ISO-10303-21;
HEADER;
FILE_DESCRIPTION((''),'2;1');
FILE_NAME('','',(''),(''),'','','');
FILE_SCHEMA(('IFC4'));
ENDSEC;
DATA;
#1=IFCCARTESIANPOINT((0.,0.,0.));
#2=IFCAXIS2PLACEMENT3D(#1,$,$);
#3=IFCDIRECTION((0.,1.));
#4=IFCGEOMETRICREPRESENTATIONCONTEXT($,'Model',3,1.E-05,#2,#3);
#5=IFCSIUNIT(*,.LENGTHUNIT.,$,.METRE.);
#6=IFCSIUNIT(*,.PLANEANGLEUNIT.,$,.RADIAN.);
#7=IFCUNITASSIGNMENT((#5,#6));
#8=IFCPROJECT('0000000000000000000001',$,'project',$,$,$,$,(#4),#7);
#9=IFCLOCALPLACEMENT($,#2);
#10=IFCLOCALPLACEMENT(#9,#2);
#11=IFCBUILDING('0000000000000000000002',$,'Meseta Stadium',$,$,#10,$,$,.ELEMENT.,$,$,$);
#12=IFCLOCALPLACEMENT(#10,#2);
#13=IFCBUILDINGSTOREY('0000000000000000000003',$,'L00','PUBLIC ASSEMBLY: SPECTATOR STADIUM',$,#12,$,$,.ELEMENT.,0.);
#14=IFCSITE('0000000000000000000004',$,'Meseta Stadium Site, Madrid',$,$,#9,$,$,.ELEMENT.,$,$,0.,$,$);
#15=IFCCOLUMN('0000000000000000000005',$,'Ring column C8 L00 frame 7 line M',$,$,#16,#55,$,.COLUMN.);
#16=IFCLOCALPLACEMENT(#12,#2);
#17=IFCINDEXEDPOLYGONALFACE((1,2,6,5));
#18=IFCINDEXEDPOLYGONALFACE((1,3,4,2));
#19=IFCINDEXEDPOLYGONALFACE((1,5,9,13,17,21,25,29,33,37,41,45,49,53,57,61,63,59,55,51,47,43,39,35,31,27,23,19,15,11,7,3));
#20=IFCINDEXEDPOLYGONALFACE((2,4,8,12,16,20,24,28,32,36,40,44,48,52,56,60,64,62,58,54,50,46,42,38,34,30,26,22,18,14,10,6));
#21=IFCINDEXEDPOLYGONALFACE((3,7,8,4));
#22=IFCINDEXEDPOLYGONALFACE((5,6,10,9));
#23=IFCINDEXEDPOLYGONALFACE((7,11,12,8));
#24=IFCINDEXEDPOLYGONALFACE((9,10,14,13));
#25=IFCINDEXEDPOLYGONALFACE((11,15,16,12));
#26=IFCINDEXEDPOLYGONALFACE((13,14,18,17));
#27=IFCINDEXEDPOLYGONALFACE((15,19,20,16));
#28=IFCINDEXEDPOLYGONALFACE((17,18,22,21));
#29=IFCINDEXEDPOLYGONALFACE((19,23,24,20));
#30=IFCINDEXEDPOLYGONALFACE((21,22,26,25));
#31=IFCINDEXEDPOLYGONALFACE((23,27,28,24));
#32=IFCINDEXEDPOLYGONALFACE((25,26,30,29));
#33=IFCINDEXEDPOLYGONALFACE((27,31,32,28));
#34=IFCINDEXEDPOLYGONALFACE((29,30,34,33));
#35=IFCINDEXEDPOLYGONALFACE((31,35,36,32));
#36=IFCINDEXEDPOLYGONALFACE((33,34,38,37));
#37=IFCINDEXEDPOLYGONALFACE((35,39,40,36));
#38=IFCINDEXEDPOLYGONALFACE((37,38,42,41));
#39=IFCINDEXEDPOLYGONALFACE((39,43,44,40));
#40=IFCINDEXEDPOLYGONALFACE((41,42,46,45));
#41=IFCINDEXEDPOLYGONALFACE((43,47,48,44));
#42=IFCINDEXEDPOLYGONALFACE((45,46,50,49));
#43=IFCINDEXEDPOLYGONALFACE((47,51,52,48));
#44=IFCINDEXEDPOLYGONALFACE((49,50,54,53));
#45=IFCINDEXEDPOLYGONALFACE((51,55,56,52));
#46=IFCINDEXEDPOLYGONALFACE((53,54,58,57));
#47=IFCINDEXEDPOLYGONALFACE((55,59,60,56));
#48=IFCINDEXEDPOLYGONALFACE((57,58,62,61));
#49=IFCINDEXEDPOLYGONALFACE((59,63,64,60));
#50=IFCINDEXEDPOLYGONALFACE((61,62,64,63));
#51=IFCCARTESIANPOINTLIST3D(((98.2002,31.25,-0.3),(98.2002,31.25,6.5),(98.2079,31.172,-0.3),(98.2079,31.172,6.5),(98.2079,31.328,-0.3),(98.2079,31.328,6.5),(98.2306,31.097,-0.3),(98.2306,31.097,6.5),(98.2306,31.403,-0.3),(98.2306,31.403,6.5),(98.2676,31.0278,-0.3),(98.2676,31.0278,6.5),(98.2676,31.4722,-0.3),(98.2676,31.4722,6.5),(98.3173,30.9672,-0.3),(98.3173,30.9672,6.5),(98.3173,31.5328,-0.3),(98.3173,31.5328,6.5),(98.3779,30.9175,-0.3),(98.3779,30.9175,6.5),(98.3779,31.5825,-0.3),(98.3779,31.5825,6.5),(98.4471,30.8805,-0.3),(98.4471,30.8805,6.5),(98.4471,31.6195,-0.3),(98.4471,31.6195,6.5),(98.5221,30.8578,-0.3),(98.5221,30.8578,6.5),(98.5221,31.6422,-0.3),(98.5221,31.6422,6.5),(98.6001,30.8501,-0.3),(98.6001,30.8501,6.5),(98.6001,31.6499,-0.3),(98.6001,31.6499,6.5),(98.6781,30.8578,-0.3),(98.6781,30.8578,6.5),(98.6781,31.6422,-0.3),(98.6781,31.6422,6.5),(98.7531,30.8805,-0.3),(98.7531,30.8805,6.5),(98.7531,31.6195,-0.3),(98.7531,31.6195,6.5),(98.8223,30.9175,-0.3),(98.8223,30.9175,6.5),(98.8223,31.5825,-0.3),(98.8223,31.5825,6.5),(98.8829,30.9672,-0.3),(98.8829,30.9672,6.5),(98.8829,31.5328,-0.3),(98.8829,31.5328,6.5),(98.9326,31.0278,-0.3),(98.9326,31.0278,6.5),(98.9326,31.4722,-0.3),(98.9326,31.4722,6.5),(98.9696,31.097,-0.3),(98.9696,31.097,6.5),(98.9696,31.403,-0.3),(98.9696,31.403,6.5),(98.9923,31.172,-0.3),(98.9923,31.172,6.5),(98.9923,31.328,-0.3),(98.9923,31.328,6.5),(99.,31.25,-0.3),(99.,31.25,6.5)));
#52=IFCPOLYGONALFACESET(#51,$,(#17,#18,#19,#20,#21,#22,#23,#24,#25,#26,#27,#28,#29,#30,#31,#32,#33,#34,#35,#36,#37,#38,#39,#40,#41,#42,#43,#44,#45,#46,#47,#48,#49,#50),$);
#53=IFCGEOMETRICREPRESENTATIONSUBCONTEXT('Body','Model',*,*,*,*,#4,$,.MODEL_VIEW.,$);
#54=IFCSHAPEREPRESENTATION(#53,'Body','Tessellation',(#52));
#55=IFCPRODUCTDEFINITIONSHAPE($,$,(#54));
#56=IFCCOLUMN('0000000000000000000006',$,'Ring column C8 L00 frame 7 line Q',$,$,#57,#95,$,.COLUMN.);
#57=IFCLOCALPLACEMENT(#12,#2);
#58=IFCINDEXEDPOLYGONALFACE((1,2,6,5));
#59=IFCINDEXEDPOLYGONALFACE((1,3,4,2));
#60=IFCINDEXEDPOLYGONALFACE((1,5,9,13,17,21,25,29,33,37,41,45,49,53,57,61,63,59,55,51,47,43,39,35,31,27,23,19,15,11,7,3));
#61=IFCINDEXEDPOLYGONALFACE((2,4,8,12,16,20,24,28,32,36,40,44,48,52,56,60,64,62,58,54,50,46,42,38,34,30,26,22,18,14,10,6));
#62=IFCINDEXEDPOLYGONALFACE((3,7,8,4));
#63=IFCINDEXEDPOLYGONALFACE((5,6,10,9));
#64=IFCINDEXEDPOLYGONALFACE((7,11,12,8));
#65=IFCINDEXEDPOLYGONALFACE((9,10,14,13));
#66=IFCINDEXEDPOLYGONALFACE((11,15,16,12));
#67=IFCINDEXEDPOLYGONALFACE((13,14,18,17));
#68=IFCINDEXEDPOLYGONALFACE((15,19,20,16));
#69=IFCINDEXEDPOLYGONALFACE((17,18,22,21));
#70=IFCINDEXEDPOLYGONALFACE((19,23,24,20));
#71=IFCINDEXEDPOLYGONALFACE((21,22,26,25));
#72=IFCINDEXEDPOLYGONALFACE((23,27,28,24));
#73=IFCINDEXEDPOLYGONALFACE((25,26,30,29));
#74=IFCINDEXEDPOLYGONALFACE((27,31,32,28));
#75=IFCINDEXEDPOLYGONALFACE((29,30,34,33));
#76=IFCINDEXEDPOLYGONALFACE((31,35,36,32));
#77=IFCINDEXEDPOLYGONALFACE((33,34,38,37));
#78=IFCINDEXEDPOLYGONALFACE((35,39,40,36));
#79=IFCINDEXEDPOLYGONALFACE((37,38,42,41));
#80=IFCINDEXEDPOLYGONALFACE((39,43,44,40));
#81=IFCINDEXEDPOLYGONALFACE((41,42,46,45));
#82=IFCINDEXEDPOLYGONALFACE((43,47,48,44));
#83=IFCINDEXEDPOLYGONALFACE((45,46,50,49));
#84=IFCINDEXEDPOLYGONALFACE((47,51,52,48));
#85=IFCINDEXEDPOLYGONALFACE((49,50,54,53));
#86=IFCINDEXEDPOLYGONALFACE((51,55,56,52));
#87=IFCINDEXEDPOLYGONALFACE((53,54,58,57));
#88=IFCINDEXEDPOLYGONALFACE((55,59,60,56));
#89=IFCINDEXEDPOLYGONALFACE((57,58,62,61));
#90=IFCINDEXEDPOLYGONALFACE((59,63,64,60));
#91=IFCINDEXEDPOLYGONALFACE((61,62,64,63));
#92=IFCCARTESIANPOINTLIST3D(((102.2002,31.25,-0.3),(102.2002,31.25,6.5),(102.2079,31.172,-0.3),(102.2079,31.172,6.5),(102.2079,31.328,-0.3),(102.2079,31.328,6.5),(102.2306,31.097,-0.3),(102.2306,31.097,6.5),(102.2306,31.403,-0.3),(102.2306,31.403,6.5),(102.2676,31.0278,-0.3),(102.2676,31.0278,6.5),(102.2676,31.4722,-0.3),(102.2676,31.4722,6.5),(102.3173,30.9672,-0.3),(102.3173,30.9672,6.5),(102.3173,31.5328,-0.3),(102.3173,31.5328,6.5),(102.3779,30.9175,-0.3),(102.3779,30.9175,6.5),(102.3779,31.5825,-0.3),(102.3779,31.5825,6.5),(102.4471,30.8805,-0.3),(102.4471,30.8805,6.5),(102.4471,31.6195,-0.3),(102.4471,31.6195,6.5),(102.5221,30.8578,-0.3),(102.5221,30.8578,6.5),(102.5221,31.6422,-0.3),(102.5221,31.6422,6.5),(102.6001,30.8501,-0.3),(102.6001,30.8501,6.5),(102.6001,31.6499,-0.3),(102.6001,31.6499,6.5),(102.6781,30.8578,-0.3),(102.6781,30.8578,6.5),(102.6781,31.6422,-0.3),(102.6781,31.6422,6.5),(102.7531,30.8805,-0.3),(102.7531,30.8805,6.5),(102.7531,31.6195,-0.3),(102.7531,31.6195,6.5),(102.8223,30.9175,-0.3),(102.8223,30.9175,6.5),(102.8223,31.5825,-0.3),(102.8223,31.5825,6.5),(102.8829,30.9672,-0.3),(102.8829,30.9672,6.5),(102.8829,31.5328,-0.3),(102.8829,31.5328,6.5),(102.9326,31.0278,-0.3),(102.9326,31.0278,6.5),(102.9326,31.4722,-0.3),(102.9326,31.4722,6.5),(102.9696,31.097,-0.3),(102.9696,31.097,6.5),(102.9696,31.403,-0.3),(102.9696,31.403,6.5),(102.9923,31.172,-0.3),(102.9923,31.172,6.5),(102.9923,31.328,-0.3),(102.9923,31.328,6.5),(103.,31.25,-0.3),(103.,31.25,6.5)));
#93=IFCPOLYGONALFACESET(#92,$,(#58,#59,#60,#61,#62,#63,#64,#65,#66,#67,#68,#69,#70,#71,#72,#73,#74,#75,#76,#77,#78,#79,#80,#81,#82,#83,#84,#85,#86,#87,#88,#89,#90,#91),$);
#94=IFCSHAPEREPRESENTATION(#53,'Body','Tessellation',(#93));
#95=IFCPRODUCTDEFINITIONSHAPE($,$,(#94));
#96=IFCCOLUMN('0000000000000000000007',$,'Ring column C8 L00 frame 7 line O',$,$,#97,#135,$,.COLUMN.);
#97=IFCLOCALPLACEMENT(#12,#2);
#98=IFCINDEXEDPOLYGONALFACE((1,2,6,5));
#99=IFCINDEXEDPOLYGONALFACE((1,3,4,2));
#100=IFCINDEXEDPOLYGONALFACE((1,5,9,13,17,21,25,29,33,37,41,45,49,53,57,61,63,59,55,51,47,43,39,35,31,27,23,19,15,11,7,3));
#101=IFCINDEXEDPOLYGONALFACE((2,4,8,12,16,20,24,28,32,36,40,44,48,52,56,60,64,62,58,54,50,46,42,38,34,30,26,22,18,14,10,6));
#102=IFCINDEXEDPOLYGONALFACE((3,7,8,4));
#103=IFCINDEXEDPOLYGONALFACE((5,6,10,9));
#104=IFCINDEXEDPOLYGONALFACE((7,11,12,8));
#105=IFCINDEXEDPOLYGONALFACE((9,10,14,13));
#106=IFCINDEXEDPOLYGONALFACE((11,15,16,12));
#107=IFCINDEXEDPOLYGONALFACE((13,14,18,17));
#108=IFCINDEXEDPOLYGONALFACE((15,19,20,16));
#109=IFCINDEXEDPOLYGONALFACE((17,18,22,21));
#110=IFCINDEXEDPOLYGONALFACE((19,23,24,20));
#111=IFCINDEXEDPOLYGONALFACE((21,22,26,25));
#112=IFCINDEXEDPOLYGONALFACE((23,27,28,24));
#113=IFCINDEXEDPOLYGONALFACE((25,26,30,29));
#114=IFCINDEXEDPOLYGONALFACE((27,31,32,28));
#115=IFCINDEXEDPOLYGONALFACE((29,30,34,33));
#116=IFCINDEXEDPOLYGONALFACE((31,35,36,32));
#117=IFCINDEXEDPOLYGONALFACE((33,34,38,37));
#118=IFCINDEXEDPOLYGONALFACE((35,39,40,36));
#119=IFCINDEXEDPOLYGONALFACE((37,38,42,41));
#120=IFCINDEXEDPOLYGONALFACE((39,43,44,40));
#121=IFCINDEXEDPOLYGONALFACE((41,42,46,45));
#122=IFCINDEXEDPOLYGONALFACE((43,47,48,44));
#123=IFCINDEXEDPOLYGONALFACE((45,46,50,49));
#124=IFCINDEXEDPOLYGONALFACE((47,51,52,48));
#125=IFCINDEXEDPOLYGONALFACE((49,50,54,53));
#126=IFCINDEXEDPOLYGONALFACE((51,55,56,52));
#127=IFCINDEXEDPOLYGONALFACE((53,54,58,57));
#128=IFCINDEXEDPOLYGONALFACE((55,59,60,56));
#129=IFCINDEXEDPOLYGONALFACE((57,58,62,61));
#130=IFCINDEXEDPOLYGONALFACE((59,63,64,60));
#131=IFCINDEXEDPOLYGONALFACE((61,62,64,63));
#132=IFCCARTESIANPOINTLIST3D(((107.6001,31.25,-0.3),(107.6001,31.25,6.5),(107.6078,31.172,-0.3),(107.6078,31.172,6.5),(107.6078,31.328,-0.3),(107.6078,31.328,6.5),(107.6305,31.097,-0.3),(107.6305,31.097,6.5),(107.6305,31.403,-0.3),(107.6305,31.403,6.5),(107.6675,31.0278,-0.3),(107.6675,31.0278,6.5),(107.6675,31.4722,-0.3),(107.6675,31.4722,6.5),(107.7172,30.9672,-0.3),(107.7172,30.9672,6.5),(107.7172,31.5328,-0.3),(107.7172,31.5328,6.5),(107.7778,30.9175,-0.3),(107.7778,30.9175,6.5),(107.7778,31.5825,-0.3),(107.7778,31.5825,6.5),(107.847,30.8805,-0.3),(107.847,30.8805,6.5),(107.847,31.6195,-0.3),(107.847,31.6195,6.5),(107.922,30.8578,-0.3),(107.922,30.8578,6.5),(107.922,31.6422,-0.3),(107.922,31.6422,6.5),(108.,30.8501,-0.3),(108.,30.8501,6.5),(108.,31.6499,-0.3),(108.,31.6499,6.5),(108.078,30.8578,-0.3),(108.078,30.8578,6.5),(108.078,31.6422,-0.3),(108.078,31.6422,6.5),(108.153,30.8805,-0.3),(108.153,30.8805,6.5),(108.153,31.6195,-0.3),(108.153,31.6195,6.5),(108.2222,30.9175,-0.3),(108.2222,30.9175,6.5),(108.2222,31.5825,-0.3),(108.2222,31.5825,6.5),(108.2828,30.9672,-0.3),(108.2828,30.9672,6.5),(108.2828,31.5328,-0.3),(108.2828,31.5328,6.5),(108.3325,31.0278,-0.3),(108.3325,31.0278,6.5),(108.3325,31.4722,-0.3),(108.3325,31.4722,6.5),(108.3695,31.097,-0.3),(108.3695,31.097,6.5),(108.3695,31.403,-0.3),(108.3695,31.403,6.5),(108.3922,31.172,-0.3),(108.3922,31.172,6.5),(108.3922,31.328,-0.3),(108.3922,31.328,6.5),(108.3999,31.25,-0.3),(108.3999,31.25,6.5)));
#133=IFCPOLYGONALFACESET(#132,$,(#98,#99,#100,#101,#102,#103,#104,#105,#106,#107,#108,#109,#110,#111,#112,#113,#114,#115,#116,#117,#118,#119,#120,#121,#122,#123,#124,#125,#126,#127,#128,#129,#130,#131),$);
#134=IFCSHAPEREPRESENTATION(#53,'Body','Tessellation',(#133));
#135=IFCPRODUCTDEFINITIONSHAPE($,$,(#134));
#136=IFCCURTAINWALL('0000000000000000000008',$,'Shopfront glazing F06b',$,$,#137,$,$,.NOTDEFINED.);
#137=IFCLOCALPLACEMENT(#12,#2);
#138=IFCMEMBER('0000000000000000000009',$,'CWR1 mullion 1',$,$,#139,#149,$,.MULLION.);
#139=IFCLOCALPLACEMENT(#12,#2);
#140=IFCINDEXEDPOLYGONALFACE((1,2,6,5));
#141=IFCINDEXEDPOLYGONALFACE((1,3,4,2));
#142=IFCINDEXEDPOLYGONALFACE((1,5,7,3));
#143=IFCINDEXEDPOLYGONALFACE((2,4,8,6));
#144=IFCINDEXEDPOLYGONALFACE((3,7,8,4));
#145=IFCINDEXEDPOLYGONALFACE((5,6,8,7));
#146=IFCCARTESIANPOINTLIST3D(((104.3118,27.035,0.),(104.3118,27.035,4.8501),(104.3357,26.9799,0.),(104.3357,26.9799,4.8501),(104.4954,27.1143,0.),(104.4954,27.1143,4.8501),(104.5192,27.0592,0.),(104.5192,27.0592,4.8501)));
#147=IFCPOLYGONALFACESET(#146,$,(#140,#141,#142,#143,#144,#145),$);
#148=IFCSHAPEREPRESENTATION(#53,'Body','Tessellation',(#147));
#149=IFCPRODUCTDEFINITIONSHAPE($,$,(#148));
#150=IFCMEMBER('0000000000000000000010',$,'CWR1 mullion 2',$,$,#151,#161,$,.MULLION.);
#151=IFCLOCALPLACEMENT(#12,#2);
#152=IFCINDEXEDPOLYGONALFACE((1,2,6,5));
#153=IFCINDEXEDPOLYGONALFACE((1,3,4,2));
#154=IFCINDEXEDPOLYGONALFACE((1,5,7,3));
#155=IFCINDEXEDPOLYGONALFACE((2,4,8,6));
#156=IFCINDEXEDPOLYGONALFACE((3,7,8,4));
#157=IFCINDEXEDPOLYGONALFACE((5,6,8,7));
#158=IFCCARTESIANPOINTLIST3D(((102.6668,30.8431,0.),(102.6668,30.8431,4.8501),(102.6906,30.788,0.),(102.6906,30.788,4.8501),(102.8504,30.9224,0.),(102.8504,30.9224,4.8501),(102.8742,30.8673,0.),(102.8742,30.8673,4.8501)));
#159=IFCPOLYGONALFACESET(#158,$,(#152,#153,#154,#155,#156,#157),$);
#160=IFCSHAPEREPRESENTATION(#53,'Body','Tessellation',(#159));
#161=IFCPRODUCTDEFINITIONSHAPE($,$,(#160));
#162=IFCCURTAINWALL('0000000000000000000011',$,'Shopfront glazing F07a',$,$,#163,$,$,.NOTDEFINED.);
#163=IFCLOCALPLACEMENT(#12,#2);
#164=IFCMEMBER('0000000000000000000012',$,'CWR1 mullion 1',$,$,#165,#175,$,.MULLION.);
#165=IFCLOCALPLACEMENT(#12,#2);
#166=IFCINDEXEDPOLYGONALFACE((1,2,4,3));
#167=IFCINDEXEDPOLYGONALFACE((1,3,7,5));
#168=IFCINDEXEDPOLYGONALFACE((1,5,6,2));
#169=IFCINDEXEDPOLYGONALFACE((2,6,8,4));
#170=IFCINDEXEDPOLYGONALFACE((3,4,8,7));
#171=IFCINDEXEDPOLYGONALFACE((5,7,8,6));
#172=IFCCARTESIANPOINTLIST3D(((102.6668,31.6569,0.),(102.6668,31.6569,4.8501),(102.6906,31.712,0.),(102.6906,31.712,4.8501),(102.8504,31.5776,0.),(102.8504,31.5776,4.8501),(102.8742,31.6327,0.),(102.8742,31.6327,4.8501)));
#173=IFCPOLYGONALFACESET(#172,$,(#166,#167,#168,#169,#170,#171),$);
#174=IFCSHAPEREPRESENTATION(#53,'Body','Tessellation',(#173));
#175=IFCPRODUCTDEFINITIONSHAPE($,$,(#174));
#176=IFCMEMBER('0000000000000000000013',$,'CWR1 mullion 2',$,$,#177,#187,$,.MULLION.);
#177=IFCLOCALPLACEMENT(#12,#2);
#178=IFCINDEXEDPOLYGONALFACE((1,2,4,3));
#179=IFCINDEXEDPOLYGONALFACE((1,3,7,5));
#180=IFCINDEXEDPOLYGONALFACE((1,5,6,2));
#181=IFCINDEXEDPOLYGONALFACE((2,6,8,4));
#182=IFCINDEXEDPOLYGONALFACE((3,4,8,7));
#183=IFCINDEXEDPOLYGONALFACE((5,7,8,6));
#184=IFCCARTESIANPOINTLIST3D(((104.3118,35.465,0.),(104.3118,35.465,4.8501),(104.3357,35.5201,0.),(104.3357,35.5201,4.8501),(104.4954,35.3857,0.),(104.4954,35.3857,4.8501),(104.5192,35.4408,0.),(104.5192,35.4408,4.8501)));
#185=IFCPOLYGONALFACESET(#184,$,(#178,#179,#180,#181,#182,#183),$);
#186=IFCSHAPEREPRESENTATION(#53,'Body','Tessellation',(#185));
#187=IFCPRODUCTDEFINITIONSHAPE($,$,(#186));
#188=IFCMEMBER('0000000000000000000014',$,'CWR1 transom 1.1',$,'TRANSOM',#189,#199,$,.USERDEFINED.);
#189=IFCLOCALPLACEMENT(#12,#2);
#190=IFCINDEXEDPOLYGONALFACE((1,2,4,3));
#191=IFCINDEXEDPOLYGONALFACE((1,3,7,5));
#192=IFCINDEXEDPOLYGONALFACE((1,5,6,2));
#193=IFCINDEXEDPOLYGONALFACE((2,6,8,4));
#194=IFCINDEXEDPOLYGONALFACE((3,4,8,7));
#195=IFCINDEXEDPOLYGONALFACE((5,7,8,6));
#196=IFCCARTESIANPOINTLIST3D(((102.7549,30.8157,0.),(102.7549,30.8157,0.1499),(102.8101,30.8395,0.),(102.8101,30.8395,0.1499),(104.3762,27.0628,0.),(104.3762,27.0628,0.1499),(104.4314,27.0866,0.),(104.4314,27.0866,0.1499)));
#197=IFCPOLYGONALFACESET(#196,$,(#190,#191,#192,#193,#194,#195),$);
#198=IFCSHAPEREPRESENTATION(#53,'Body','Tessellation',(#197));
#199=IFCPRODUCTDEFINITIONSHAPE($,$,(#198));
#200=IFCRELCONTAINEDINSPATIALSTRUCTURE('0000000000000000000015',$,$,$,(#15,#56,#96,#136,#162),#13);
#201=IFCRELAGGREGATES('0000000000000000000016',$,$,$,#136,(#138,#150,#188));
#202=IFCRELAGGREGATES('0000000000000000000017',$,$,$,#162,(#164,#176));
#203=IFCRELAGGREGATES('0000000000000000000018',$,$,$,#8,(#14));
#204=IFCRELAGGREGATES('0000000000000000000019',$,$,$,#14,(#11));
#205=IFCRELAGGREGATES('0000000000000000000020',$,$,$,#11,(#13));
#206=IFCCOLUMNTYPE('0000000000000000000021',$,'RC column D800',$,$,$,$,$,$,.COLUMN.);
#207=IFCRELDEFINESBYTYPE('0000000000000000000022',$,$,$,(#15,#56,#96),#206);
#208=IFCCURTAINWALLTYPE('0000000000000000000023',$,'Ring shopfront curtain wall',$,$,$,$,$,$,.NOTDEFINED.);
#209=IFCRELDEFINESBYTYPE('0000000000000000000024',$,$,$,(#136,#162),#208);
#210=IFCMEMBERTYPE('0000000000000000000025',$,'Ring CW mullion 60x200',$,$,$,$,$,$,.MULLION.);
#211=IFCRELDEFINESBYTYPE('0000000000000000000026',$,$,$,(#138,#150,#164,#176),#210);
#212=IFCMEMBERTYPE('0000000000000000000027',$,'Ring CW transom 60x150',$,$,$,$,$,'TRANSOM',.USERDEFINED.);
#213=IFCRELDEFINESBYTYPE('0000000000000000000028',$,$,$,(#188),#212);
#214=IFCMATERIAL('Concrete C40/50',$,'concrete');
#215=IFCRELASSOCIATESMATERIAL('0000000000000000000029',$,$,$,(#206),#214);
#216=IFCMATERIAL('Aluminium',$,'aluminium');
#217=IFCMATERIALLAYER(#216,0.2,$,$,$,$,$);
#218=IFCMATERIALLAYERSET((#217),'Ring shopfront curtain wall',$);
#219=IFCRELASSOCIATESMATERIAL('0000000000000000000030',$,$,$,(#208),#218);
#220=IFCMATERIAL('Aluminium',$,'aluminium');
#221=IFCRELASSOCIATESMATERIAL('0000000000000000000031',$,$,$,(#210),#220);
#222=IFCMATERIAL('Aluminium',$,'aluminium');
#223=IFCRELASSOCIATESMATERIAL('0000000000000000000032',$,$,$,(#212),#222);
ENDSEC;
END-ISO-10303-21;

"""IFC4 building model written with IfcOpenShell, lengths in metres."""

from ifc_helpers import new_model, si_unit, direction, frame, origin, origin_2d, place, context, subcontext, project, spatial, rectangle, circle, extrude, material, layer, layer_set, material_profile, profile_set, type_object, element, aggregate, save


model = new_model("IFC4")

# Units and contexts
model_context = context("Model", 3, precision=1e-05, world=origin(), true_north=direction((0.0, 1.0)))
body_context = subcontext(model_context, "Body", "Model", "MODEL_VIEW")
ifc_project = project(units=[si_unit("LENGTHUNIT", "METRE"), si_unit("PLANEANGLEUNIT", "RADIAN")], contexts=[model_context])

# Site, building, storey
site_placement = place(None, origin())
site = spatial("IfcSite", under=ifc_project, at=site_placement, Name="Meseta Stadium Site, Madrid", CompositionType="ELEMENT", RefElevation=0.0)
building_placement = place(site_placement, origin())
building = spatial("IfcBuilding", under=site, at=building_placement, Name="Meseta Stadium", CompositionType="ELEMENT")
storey_placement = place(building_placement, origin())
storey = spatial("IfcBuildingStorey", under=building, at=storey_placement, Name="L00", Description="PUBLIC ASSEMBLY: SPECTATOR STADIUM", CompositionType="ELEMENT", Elevation=0.0)

# Columns
ifc_material_1 = material(Name="Concrete C40/50", Category="concrete")
ifc_material_profile_1 = material_profile(ifc_material_1, circle(Radius=0.3999, at=origin_2d()), Name="RC D800")
ifc_profile_set_1 = profile_set([ifc_material_profile_1], Name="Concrete C40/50")
column_type = type_object("IfcColumnType", Name="RC column D800", PredefinedType="COLUMN", material=ifc_profile_set_1)
for number, where, z_axis, x_axis, name in (
    (1, (98.6001, 31.25, -0.3), (0.0, 0.0, 1.0), (1.0, 0.0, 0.0), "Ring column C8 L00 frame 7 line M"),
    (2, (102.6001, 31.25, -0.3), (0.0, 0.0, 1.0), (1.0, 0.0, 0.0), "Ring column C8 L00 frame 7 line Q"),
    (3, (108.0, 31.25, -0.3), (0.0, 0.0, 1.0), (1.0, 0.0, 0.0), "Ring column C8 L00 frame 7 line O"),
):
    element("IfcColumn", number, at=place(storey_placement, frame(where, z_axis=z_axis, x_axis=x_axis)), inside=storey, type_object=column_type, Name=name, PredefinedType="COLUMN", context=body_context, shape_type="SweptSolid", body=[
        extrude(circle(Radius=0.3999, at=origin_2d()), origin(), (0.0, 0.0, 1.0), 6.8),
    ])

# Curtain walls, members
ifc_material_2 = material(Name="Aluminium", Category="aluminium")
ifc_layer_1 = layer(ifc_material_2, 0.2)
ifc_layer_set_1 = layer_set([ifc_layer_1], Name="Ring shopfront curtain wall")
curtain_wall_type = type_object("IfcCurtainWallType", Name="Ring shopfront curtain wall", PredefinedType="NOTDEFINED", material=ifc_layer_set_1)
curtain_wall_1_placement = place(storey_placement, origin())
curtain_wall_1 = element("IfcCurtainWall", 4, at=curtain_wall_1_placement, inside=storey, type_object=curtain_wall_type, Name="Shopfront glazing F06b", PredefinedType="NOTDEFINED")
ifc_material_3 = material(Name="Aluminium", Category="aluminium")
ifc_material_profile_2 = material_profile(ifc_material_3, rectangle(XDim=0.2, YDim=0.0601, at=origin_2d()), Name="CW 200x60")
ifc_profile_set_2 = profile_set([ifc_material_profile_2], Name="Aluminium")
member_type_1 = type_object("IfcMemberType", Name="Ring CW mullion 60x200", PredefinedType="MULLION", material=ifc_profile_set_2)
member_1_placement = place(storey_placement, frame((104.4155, 27.0471, 0.0), z_axis=(0.0, 0.0, 1.0), x_axis=(-0.918002, -0.396576, 0.0)))
member_1 = element("IfcMember", 5, at=member_1_placement, type_object=member_type_1, Name="CWR1 mullion 1", PredefinedType="MULLION", context=body_context, shape_type="SweptSolid", body=[
    extrude(rectangle(XDim=0.2, YDim=0.0601, at=origin_2d()), origin(), (0.0, 0.0, 1.0), 4.8501),
])
member_2_placement = place(storey_placement, frame((102.7705, 30.8552, 0.0), z_axis=(0.0, 0.0, 1.0), x_axis=(-0.918002, -0.396576, 0.0)))
member_2 = element("IfcMember", 6, at=member_2_placement, type_object=member_type_1, Name="CWR1 mullion 2", PredefinedType="MULLION", context=body_context, shape_type="SweptSolid", body=[
    extrude(rectangle(XDim=0.2, YDim=0.0601, at=origin_2d()), origin(), (0.0, 0.0, 1.0), 4.8501),
])
curtain_wall_2_placement = place(storey_placement, origin())
curtain_wall_2 = element("IfcCurtainWall", 7, at=curtain_wall_2_placement, inside=storey, type_object=curtain_wall_type, Name="Shopfront glazing F07a", PredefinedType="NOTDEFINED")
member_3_placement = place(storey_placement, frame((102.7705, 31.6448, 0.0), z_axis=(0.0, 0.0, 1.0), x_axis=(-0.918002, 0.396576, 0.0)))
member_3 = element("IfcMember", 8, at=member_3_placement, type_object=member_type_1, Name="CWR1 mullion 1", PredefinedType="MULLION", context=body_context, shape_type="SweptSolid", body=[
    extrude(rectangle(XDim=0.2, YDim=0.0601, at=origin_2d()), origin(), (0.0, 0.0, 1.0), 4.8501),
])
member_4_placement = place(storey_placement, frame((104.4155, 35.4529, 0.0), z_axis=(0.0, 0.0, 1.0), x_axis=(-0.918002, 0.396576, 0.0)))
member_4 = element("IfcMember", 9, at=member_4_placement, type_object=member_type_1, Name="CWR1 mullion 2", PredefinedType="MULLION", context=body_context, shape_type="SweptSolid", body=[
    extrude(rectangle(XDim=0.2, YDim=0.0601, at=origin_2d()), origin(), (0.0, 0.0, 1.0), 4.8501),
])

# Member
ifc_material_4 = material(Name="Aluminium", Category="aluminium")
ifc_material_profile_3 = material_profile(ifc_material_4, rectangle(XDim=0.0601, YDim=0.1499, at=origin_2d()), Name="CW 60x150")
ifc_profile_set_3 = profile_set([ifc_material_profile_3], Name="Aluminium")
member_type_2 = type_object("IfcMemberType", Name="Ring CW transom 60x150", ElementType="TRANSOM", PredefinedType="USERDEFINED", material=ifc_profile_set_3)
member_5_placement = place(storey_placement, frame((104.4038, 27.0747, 0.075), z_axis=(-0.396592, 0.917995, 0.0), x_axis=(-0.917995, -0.396592, 0.0)))
member_5 = element("IfcMember", 10, at=member_5_placement, type_object=member_type_2, Name="CWR1 transom 1.1", ObjectType="TRANSOM", PredefinedType="USERDEFINED", context=body_context, shape_type="SweptSolid", body=[
    extrude(rectangle(XDim=0.0601, YDim=0.1499, at=origin_2d()), origin(), (0.0, 0.0, 1.0), 4.0881),
])

aggregate(curtain_wall_1, [member_1, member_2, member_5])
aggregate(curtain_wall_2, [member_3, member_4])

save(model, "model.ifc")
